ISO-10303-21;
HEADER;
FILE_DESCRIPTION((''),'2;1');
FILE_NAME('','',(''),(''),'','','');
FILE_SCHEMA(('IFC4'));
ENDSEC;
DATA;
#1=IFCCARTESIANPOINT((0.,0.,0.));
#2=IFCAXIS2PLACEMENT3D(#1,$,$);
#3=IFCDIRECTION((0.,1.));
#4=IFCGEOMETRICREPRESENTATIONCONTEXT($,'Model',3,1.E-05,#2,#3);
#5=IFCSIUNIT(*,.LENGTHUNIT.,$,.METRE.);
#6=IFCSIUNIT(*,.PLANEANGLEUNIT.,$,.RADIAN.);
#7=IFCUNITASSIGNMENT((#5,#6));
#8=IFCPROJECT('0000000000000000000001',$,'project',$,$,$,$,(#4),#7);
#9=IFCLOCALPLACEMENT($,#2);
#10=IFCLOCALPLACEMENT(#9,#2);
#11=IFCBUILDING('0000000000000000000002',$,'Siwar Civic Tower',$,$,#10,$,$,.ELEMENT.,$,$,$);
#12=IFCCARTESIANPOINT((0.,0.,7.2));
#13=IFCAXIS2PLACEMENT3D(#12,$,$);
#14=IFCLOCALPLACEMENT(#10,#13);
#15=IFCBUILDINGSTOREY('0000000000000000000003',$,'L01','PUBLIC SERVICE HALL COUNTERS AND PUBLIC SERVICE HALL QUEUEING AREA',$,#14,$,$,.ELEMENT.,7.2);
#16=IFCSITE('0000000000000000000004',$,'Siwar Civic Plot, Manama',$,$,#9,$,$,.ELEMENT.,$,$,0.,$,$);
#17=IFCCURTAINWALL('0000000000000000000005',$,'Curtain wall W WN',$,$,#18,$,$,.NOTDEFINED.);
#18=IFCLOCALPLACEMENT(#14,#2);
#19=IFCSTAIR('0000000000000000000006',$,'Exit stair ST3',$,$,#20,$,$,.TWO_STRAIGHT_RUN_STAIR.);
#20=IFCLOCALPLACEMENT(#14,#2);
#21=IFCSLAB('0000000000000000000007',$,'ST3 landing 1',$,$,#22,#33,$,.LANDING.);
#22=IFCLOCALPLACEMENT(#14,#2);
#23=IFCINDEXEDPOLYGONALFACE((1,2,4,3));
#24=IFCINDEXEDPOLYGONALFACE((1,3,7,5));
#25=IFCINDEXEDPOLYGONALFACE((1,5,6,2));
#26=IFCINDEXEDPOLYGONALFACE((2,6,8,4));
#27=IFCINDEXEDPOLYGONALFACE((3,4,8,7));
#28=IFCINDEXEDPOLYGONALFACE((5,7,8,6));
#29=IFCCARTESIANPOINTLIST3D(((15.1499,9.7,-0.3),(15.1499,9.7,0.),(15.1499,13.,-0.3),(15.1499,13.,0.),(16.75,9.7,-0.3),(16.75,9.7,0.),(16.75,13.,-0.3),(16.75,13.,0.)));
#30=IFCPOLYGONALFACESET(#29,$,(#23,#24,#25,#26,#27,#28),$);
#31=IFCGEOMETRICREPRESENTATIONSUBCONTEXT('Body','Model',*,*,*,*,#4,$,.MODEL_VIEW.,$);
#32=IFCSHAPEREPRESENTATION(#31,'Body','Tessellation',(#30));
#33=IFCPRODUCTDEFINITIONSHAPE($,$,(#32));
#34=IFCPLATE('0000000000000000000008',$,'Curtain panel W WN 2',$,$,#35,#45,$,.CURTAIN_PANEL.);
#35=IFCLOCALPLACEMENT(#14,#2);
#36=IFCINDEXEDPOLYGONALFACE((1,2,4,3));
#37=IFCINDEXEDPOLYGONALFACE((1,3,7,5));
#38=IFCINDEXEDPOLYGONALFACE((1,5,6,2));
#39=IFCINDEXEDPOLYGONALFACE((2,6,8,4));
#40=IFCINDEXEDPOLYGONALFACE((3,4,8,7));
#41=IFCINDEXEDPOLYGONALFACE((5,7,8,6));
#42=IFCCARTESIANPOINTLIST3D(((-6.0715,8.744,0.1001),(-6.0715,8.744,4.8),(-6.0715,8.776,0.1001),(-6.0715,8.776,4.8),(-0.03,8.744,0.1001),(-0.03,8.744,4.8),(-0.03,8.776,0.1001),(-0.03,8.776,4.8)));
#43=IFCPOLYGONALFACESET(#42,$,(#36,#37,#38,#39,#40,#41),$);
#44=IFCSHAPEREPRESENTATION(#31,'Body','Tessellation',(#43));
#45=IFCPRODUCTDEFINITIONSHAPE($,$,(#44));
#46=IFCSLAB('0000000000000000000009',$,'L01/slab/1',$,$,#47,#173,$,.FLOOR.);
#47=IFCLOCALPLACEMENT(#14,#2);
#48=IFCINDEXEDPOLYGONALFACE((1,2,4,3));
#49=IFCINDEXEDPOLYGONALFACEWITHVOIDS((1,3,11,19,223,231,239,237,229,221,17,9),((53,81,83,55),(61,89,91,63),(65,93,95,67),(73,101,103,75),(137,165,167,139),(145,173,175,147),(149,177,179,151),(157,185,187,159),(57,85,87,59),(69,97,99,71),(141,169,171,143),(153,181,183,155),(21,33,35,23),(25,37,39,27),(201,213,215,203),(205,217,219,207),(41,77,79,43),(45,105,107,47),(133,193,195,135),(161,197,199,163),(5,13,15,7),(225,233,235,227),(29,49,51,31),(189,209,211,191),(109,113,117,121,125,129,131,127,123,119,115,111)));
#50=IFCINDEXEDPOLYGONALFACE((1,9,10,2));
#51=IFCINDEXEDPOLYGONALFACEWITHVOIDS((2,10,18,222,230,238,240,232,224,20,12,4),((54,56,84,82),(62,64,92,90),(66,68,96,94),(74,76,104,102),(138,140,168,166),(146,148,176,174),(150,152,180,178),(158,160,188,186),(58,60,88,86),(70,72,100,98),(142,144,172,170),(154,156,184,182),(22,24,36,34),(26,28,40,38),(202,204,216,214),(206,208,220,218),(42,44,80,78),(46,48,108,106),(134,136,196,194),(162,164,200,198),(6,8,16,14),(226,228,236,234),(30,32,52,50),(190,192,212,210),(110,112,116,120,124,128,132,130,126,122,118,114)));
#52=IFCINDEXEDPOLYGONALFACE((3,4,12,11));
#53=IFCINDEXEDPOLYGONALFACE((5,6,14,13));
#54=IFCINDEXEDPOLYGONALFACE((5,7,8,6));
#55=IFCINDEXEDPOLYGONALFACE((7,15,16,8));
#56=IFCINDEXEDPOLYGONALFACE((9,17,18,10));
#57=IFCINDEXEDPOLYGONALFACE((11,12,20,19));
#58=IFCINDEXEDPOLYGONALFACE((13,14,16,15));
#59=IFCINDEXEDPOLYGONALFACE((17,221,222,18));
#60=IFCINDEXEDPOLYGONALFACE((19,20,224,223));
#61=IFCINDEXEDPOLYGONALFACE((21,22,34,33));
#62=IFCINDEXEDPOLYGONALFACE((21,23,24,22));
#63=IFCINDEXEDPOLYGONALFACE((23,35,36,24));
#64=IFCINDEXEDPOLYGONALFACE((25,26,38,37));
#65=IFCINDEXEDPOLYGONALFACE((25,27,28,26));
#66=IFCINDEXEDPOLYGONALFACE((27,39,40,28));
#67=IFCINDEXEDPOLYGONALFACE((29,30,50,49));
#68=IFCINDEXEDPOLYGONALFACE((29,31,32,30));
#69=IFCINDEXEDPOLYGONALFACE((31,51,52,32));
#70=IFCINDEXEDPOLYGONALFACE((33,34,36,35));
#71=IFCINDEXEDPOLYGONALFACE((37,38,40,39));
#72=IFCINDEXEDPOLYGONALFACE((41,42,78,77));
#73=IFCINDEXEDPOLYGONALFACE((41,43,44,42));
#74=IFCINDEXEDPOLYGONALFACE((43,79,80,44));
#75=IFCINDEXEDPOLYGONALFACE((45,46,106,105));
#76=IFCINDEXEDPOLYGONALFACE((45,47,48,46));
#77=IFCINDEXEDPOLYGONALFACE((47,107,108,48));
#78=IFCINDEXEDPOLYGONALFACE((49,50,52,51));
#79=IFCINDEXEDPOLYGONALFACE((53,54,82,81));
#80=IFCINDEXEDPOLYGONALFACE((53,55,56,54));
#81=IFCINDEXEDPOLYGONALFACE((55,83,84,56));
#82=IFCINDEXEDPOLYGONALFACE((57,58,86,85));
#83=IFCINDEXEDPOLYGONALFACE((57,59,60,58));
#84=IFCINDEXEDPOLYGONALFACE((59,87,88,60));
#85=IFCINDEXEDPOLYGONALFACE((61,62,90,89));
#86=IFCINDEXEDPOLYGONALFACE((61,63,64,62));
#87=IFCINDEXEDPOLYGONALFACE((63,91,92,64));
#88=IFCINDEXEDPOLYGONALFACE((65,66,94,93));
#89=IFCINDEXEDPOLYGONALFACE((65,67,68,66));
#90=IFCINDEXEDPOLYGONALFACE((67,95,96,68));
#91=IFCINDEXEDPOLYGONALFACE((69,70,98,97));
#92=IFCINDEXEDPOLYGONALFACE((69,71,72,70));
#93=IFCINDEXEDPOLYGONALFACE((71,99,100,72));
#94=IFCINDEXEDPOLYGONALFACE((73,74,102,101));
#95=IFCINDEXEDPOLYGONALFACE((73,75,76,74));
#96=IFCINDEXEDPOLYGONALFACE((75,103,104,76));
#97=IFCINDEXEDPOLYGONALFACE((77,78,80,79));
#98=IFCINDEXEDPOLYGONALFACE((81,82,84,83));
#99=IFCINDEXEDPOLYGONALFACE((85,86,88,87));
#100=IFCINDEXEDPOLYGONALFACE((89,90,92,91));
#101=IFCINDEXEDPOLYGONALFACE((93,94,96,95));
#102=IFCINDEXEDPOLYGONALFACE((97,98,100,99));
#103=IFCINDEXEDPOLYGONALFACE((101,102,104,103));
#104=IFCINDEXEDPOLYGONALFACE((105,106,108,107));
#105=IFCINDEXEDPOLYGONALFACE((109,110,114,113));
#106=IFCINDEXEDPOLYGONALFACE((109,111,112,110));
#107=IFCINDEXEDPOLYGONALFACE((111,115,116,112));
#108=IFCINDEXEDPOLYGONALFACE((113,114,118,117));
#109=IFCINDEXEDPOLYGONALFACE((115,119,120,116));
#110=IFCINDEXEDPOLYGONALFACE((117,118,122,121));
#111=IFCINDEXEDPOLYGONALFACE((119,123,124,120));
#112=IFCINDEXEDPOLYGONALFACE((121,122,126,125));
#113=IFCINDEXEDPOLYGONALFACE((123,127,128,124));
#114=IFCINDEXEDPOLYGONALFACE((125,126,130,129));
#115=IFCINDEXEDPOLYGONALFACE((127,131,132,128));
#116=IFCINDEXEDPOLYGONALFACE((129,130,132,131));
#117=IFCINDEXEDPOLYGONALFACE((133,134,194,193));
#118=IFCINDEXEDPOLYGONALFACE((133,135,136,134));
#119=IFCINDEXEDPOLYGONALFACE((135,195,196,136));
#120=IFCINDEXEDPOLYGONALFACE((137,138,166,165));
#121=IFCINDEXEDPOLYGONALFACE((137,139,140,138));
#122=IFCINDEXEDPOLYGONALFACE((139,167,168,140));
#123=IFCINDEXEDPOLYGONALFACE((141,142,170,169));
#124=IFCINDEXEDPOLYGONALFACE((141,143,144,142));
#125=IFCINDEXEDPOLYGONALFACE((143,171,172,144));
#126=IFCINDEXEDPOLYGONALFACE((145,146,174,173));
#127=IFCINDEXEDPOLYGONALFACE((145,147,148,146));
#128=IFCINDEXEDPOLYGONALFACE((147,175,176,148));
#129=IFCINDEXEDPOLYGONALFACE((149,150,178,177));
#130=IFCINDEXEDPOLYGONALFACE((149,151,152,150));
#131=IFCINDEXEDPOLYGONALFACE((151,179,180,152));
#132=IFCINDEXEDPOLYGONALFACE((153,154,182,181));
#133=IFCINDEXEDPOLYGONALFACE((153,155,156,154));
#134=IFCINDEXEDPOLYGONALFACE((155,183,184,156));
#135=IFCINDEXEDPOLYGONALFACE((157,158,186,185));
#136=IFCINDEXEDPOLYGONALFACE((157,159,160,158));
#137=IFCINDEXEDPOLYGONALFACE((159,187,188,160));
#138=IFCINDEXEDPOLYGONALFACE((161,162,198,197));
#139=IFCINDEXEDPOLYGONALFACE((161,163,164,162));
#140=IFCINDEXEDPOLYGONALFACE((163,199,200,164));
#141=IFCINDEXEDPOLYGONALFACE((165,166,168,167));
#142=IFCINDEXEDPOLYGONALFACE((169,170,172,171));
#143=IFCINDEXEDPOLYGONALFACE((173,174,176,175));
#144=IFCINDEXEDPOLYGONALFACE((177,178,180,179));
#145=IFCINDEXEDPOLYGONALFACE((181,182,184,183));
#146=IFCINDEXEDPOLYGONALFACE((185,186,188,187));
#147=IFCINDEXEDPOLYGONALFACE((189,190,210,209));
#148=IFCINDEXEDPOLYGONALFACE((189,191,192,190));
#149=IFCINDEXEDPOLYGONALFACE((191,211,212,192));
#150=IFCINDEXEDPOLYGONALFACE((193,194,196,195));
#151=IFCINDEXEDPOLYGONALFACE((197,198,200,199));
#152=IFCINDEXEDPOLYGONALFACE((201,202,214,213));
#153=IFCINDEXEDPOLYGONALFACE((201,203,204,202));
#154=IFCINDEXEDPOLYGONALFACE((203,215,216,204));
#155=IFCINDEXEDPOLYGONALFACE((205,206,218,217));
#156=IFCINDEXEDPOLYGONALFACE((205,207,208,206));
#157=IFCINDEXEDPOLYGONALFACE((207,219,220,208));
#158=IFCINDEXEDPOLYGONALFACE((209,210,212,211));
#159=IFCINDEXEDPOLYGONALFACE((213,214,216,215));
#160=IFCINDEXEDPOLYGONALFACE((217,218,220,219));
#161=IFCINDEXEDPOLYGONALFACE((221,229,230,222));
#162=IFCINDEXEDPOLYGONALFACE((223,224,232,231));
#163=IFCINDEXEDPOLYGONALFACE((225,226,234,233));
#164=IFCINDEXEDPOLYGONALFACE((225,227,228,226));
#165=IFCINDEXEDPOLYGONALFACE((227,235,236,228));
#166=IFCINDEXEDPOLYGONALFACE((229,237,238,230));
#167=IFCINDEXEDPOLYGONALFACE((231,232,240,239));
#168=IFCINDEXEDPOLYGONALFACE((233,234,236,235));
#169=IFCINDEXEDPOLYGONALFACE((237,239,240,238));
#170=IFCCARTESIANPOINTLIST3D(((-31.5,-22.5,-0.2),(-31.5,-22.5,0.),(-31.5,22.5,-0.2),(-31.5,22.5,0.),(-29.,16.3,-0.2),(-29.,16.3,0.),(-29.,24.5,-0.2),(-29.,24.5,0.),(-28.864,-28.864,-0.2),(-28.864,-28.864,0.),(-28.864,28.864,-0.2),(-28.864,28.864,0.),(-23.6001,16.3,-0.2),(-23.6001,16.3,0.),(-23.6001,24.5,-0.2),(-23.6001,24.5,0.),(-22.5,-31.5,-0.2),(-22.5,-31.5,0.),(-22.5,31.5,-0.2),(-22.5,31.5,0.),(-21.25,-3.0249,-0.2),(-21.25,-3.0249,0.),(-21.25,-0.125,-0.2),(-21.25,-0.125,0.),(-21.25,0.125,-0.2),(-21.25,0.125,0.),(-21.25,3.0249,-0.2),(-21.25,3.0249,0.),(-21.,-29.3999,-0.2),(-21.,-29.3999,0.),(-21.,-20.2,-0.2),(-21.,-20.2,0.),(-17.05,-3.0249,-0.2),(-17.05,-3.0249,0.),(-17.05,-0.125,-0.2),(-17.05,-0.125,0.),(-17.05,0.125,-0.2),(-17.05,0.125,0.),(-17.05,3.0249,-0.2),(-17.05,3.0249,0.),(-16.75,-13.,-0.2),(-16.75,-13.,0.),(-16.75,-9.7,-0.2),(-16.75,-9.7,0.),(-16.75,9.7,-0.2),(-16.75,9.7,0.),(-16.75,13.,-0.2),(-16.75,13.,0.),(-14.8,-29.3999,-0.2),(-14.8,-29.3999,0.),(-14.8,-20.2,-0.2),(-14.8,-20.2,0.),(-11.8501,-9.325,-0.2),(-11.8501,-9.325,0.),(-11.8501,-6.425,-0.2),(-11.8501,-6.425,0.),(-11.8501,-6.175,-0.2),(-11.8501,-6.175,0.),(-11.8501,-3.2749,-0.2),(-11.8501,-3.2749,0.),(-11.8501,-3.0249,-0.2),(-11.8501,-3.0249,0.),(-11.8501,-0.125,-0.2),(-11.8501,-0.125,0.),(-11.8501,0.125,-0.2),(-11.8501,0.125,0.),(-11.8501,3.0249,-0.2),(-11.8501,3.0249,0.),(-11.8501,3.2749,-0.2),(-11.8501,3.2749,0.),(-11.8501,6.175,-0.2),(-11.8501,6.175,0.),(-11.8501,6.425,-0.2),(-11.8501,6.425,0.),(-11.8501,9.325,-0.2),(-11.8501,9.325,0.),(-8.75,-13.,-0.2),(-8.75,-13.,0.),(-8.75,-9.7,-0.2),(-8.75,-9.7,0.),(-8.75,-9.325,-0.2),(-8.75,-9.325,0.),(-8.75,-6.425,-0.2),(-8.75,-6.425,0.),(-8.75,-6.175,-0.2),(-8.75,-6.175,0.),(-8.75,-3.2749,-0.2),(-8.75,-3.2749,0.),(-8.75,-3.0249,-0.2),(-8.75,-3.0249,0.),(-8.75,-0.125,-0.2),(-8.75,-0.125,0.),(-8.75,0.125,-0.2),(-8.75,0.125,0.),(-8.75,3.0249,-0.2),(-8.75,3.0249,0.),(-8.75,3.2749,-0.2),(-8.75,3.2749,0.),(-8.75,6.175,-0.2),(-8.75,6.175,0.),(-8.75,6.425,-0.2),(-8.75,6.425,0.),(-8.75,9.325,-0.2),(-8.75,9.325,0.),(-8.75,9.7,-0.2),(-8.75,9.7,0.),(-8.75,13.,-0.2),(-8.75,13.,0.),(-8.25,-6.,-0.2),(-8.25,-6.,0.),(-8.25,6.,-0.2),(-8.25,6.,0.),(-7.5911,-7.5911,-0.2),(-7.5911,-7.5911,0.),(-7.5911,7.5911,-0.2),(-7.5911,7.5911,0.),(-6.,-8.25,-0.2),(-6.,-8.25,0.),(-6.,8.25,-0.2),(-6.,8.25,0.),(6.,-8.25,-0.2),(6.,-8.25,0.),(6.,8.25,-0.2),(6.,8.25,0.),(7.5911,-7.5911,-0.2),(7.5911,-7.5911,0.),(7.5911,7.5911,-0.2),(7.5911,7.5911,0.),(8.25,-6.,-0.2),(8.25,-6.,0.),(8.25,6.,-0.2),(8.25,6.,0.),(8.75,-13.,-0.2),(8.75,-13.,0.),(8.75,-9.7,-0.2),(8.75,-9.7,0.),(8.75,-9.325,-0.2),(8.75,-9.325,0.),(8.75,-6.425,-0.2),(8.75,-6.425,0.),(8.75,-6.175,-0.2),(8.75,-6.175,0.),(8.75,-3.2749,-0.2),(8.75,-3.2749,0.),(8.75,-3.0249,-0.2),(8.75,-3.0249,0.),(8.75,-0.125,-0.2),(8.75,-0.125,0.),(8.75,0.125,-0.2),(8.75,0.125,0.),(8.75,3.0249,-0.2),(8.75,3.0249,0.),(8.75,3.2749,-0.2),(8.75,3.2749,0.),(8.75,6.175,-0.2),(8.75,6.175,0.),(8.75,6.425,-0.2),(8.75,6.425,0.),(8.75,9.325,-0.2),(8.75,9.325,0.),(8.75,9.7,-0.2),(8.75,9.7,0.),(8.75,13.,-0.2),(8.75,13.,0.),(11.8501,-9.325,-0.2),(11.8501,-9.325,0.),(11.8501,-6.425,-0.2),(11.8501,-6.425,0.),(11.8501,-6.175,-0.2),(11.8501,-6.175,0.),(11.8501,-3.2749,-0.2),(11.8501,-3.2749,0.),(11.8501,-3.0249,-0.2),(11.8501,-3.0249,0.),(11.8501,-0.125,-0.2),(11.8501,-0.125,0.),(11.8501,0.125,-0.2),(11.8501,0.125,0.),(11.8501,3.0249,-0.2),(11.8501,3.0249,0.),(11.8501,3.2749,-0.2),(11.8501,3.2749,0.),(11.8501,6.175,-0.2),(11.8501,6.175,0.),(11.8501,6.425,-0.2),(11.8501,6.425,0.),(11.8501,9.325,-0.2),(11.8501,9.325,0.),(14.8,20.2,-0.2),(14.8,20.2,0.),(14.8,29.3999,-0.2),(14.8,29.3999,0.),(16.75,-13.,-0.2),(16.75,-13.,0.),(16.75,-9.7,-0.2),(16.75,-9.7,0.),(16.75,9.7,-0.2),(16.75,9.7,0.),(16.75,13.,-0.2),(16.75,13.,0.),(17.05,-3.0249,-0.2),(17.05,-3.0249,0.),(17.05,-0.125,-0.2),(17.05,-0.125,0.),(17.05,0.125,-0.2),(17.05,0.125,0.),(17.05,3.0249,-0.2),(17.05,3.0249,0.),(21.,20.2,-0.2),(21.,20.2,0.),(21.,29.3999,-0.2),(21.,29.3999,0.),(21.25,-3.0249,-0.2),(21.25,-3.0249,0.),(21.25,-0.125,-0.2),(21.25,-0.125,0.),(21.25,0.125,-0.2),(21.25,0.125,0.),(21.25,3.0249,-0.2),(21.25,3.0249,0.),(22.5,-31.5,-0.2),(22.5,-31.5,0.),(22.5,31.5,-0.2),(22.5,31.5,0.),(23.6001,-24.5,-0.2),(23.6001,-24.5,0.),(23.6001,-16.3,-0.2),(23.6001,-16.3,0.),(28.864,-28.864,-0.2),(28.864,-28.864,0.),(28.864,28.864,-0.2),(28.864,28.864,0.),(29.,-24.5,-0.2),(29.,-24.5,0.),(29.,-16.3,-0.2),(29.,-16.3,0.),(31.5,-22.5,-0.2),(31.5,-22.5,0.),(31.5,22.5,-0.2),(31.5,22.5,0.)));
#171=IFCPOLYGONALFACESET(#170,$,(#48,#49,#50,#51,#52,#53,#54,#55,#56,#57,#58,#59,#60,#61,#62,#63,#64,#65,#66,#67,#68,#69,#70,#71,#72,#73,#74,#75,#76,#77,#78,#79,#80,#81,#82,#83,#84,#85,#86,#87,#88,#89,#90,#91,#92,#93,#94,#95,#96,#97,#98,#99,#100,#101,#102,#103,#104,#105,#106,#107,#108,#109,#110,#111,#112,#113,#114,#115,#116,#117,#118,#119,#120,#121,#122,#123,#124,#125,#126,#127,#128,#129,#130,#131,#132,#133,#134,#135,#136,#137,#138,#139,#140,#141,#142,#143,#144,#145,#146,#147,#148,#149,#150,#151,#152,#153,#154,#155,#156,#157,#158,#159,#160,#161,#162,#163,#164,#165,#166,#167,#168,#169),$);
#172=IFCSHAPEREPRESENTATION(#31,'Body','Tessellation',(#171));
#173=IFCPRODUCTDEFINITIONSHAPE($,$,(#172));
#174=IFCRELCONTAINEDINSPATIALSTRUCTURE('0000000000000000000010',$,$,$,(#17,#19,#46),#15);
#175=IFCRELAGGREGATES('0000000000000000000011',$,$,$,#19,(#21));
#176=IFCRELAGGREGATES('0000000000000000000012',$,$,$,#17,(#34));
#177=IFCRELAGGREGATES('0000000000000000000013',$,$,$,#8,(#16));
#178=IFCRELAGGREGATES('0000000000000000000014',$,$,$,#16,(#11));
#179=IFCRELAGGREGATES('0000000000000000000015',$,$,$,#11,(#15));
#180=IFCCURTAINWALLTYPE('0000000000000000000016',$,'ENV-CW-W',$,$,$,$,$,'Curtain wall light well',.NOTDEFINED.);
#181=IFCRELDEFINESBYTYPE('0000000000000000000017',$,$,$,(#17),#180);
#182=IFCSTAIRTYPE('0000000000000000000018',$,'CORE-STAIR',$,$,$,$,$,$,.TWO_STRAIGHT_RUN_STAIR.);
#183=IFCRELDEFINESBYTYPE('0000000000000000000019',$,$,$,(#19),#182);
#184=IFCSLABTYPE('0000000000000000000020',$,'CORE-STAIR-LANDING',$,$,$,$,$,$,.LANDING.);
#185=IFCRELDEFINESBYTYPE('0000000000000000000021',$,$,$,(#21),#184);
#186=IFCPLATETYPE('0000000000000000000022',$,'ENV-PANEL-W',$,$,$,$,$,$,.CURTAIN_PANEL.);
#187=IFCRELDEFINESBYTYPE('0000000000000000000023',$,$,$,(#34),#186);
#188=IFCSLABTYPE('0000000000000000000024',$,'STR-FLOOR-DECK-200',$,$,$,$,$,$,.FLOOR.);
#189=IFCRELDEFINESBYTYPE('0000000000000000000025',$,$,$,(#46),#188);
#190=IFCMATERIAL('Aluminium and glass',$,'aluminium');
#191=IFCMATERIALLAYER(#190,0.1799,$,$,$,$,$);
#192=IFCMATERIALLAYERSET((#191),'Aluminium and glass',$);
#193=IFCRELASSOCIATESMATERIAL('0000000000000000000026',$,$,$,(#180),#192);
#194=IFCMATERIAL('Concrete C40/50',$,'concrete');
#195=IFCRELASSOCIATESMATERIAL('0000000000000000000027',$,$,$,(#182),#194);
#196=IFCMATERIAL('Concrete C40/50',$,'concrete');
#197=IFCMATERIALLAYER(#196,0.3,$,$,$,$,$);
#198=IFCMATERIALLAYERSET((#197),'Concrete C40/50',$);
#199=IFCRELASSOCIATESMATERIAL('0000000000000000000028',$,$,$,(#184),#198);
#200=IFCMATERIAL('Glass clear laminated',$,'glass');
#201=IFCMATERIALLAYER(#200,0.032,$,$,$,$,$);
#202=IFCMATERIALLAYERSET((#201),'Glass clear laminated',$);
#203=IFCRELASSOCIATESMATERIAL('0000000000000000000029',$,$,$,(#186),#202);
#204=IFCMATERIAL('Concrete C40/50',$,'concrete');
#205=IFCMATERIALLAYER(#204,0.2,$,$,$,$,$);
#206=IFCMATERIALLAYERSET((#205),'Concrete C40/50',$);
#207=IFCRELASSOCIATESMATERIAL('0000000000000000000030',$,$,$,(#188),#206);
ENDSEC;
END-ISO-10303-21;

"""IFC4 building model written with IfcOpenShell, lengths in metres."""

from ifc_helpers import new_model, si_unit, direction, frame, origin, origin_2d, place, context, subcontext, project, spatial, polyline, rectangle, outline, extrude, material, layer, layer_set, type_object, element, aggregate, save


model = new_model("IFC4")

# Units and contexts
model_context = context("Model", 3, precision=1e-05, world=origin(), true_north=direction((0.0, 1.0)))
body_context = subcontext(model_context, "Body", "Model", "MODEL_VIEW")
ifc_project = project(units=[si_unit("LENGTHUNIT", "METRE"), si_unit("PLANEANGLEUNIT", "RADIAN")], contexts=[model_context])

# Site, building, storey
site_placement = place(None, origin())
site = spatial("IfcSite", under=ifc_project, at=site_placement, Name="Siwar Civic Plot, Manama", CompositionType="ELEMENT", RefElevation=0.0)
building_placement = place(site_placement, origin())
building = spatial("IfcBuilding", under=site, at=building_placement, Name="Siwar Civic Tower", CompositionType="ELEMENT")
storey_placement = place(building_placement, frame((0.0, 0.0, 7.2)))
storey = spatial("IfcBuildingStorey", under=building, at=storey_placement, Name="L01", Description="PUBLIC SERVICE HALL COUNTERS AND PUBLIC SERVICE HALL QUEUEING AREA", CompositionType="ELEMENT", Elevation=7.2)

# Curtain wall
ifc_material_1 = material(Name="Aluminium and glass", Category="aluminium")
ifc_layer_1 = layer(ifc_material_1, 0.1799)
ifc_layer_set_1 = layer_set([ifc_layer_1], Name="Aluminium and glass")
curtain_wall_type = type_object("IfcCurtainWallType", Name="ENV-CW-W", ElementType="Curtain wall light well", PredefinedType="NOTDEFINED", material=ifc_layer_set_1)
curtain_wall_placement = place(storey_placement, origin())
curtain_wall = element("IfcCurtainWall", 1, at=curtain_wall_placement, inside=storey, type_object=curtain_wall_type, Name="Curtain wall W WN", PredefinedType="NOTDEFINED")

# Shared definitions
ifc_material_2 = material(Name="Concrete C40/50", Category="concrete")
stair_type = type_object("IfcStairType", Name="CORE-STAIR", PredefinedType="TWO_STRAIGHT_RUN_STAIR", material=ifc_material_2)
ifc_material_3 = material(Name="Concrete C40/50", Category="concrete")
ifc_layer_2 = layer(ifc_material_3, 0.3)
ifc_layer_set_2 = layer_set([ifc_layer_2], Name="Concrete C40/50")
slab_type_1 = type_object("IfcSlabType", Name="CORE-STAIR-LANDING", PredefinedType="LANDING", material=ifc_layer_set_2)

# Stair, slab
stair_1_placement = place(storey_placement, origin())
stair_1 = element("IfcStair", 2, at=stair_1_placement, inside=storey, type_object=stair_type, Name="Exit stair ST3", PredefinedType="TWO_STRAIGHT_RUN_STAIR")
slab_1_placement = place(storey_placement, frame((0.0, 0.0, -0.3)))
slab_1 = element("IfcSlab", 3, at=slab_1_placement, type_object=slab_type_1, Name="ST3 landing 1", PredefinedType="LANDING", context=body_context, shape_type="SweptSolid", body=[
    extrude(outline(polyline([(15.1499, 9.7), (16.75, 9.7), (16.75, 13.0), (15.1499, 13.0), (15.1499, 9.7)])), origin(), (0.0, 0.0, 1.0), 0.3),
])
aggregate(stair_1, [slab_1])

# Plate
ifc_material_4 = material(Name="Glass clear laminated", Category="glass")
ifc_layer_3 = layer(ifc_material_4, 0.032)
ifc_layer_set_3 = layer_set([ifc_layer_3], Name="Glass clear laminated")
plate_type = type_object("IfcPlateType", Name="ENV-PANEL-W", PredefinedType="CURTAIN_PANEL", material=ifc_layer_set_3)
plate_placement = place(storey_placement, frame((-3.0508, 8.76, 0.1001), z_axis=(0.0, 0.0, 1.0), x_axis=(-1.0, 0.0, 0.0)))
plate = element("IfcPlate", 4, at=plate_placement, type_object=plate_type, Name="Curtain panel W WN 2", PredefinedType="CURTAIN_PANEL", context=body_context, shape_type="SweptSolid", body=[
    extrude(rectangle(XDim=6.0415, YDim=0.032, at=origin_2d()), origin(), (0.0, 0.0, 1.0), 4.7),
])
aggregate(curtain_wall, [plate])

# Slab
ifc_material_5 = material(Name="Concrete C40/50", Category="concrete")
ifc_layer_4 = layer(ifc_material_5, 0.2)
ifc_layer_set_4 = layer_set([ifc_layer_4], Name="Concrete C40/50")
slab_type_2 = type_object("IfcSlabType", Name="STR-FLOOR-DECK-200", PredefinedType="FLOOR", material=ifc_layer_set_4)
slab_2_placement = place(storey_placement, frame((0.0, 0.0, -0.2)))
element("IfcSlab", 5, at=slab_2_placement, inside=storey, type_object=slab_type_2, Name="L01/slab/1", PredefinedType="FLOOR", context=body_context, shape_type="SweptSolid", body=[
    extrude(outline(polyline([(-22.5, -31.5), (22.5, -31.5), (28.864, -28.864), (31.5, -22.5), (31.5, 22.5), (28.864, 28.864), (22.5, 31.5), (-22.5, 31.5), (-28.864, 28.864), (-31.5, 22.5), (-31.5, -22.5), (-28.864, -28.864), (-22.5, -31.5)]), holes=[polyline([(29.0, -16.3), (29.0, -24.5), (23.6001, -24.5), (23.6001, -16.3), (29.0, -16.3)]), polyline([(21.25, 3.0249), (21.25, 0.125), (17.05, 0.125), (17.05, 3.0249), (21.25, 3.0249)]), polyline([(17.05, -0.125), (21.25, -0.125), (21.25, -3.0249), (17.05, -3.0249), (17.05, -0.125)]), polyline([(21.0, 29.3999), (21.0, 20.2), (14.8, 20.2), (14.8, 29.3999), (21.0, 29.3999)]), polyline([(16.75, 13.0), (16.75, 9.7), (8.75, 9.7), (8.75, 13.0), (16.75, 13.0)]), polyline([(16.75, -9.7), (16.75, -13.0), (8.75, -13.0), (8.75, -9.7), (16.75, -9.7)]), polyline([(11.8501, 9.325), (11.8501, 6.425), (8.75, 6.425), (8.75, 9.325), (11.8501, 9.325)]), polyline([(11.8501, 6.175), (11.8501, 3.2749), (8.75, 3.2749), (8.75, 6.175), (11.8501, 6.175)]), polyline([(11.8501, 3.0249), (11.8501, 0.125), (8.75, 0.125), (8.75, 3.0249), (11.8501, 3.0249)]), polyline([(11.8501, -0.125), (11.8501, -3.0249), (8.75, -3.0249), (8.75, -0.125), (11.8501, -0.125)]), polyline([(11.8501, -3.2749), (11.8501, -6.175), (8.75, -6.175), (8.75, -3.2749), (11.8501, -3.2749)]), polyline([(8.75, -6.425), (11.8501, -6.425), (11.8501, -9.325), (8.75, -9.325), (8.75, -6.425)]), polyline([(-6.0, 8.25), (6.0, 8.25), (7.5911, 7.5911), (8.25, 6.0), (8.25, -6.0), (7.5911, -7.5911), (6.0, -8.25), (-6.0, -8.25), (-7.5911, -7.5911), (-8.25, -6.0), (-8.25, 6.0), (-7.5911, 7.5911), (-6.0, 8.25)]), polyline([(-8.75, 3.2749), (-11.8501, 3.2749), (-11.8501, 6.175), (-8.75, 6.175), (-8.75, 3.2749)]), polyline([(-8.75, -6.175), (-11.8501, -6.175), (-11.8501, -3.2749), (-8.75, -3.2749), (-8.75, -6.175)]), polyline([(-11.8501, 6.425), (-11.8501, 9.325), (-8.75, 9.325), (-8.75, 6.425), (-11.8501, 6.425)]), polyline([(-11.8501, 0.125), (-11.8501, 3.0249), (-8.75, 3.0249), (-8.75, 0.125), (-11.8501, 0.125)]), polyline([(-11.8501, -3.0249), (-11.8501, -0.125), (-8.75, -0.125), (-8.75, -3.0249), (-11.8501, -3.0249)]), polyline([(-11.8501, -9.325), (-11.8501, -6.425), (-8.75, -6.425), (-8.75, -9.325), (-11.8501, -9.325)]), polyline([(-16.75, 9.7), (-16.75, 13.0), (-8.75, 13.0), (-8.75, 9.7), (-16.75, 9.7)]), polyline([(-16.75, -13.0), (-16.75, -9.7), (-8.75, -9.7), (-8.75, -13.0), (-16.75, -13.0)]), polyline([(-21.0, -20.2), (-14.8, -20.2), (-14.8, -29.3999), (-21.0, -29.3999), (-21.0, -20.2)]), polyline([(-21.25, 0.125), (-21.25, 3.0249), (-17.05, 3.0249), (-17.05, 0.125), (-21.25, 0.125)]), polyline([(-21.25, -3.0249), (-21.25, -0.125), (-17.05, -0.125), (-17.05, -3.0249), (-21.25, -3.0249)]), polyline([(-29.0, 24.5), (-23.6001, 24.5), (-23.6001, 16.3), (-29.0, 16.3), (-29.0, 24.5)])]), origin(), (0.0, 0.0, 1.0), 0.2),
])

save(model, "model.ifc")
